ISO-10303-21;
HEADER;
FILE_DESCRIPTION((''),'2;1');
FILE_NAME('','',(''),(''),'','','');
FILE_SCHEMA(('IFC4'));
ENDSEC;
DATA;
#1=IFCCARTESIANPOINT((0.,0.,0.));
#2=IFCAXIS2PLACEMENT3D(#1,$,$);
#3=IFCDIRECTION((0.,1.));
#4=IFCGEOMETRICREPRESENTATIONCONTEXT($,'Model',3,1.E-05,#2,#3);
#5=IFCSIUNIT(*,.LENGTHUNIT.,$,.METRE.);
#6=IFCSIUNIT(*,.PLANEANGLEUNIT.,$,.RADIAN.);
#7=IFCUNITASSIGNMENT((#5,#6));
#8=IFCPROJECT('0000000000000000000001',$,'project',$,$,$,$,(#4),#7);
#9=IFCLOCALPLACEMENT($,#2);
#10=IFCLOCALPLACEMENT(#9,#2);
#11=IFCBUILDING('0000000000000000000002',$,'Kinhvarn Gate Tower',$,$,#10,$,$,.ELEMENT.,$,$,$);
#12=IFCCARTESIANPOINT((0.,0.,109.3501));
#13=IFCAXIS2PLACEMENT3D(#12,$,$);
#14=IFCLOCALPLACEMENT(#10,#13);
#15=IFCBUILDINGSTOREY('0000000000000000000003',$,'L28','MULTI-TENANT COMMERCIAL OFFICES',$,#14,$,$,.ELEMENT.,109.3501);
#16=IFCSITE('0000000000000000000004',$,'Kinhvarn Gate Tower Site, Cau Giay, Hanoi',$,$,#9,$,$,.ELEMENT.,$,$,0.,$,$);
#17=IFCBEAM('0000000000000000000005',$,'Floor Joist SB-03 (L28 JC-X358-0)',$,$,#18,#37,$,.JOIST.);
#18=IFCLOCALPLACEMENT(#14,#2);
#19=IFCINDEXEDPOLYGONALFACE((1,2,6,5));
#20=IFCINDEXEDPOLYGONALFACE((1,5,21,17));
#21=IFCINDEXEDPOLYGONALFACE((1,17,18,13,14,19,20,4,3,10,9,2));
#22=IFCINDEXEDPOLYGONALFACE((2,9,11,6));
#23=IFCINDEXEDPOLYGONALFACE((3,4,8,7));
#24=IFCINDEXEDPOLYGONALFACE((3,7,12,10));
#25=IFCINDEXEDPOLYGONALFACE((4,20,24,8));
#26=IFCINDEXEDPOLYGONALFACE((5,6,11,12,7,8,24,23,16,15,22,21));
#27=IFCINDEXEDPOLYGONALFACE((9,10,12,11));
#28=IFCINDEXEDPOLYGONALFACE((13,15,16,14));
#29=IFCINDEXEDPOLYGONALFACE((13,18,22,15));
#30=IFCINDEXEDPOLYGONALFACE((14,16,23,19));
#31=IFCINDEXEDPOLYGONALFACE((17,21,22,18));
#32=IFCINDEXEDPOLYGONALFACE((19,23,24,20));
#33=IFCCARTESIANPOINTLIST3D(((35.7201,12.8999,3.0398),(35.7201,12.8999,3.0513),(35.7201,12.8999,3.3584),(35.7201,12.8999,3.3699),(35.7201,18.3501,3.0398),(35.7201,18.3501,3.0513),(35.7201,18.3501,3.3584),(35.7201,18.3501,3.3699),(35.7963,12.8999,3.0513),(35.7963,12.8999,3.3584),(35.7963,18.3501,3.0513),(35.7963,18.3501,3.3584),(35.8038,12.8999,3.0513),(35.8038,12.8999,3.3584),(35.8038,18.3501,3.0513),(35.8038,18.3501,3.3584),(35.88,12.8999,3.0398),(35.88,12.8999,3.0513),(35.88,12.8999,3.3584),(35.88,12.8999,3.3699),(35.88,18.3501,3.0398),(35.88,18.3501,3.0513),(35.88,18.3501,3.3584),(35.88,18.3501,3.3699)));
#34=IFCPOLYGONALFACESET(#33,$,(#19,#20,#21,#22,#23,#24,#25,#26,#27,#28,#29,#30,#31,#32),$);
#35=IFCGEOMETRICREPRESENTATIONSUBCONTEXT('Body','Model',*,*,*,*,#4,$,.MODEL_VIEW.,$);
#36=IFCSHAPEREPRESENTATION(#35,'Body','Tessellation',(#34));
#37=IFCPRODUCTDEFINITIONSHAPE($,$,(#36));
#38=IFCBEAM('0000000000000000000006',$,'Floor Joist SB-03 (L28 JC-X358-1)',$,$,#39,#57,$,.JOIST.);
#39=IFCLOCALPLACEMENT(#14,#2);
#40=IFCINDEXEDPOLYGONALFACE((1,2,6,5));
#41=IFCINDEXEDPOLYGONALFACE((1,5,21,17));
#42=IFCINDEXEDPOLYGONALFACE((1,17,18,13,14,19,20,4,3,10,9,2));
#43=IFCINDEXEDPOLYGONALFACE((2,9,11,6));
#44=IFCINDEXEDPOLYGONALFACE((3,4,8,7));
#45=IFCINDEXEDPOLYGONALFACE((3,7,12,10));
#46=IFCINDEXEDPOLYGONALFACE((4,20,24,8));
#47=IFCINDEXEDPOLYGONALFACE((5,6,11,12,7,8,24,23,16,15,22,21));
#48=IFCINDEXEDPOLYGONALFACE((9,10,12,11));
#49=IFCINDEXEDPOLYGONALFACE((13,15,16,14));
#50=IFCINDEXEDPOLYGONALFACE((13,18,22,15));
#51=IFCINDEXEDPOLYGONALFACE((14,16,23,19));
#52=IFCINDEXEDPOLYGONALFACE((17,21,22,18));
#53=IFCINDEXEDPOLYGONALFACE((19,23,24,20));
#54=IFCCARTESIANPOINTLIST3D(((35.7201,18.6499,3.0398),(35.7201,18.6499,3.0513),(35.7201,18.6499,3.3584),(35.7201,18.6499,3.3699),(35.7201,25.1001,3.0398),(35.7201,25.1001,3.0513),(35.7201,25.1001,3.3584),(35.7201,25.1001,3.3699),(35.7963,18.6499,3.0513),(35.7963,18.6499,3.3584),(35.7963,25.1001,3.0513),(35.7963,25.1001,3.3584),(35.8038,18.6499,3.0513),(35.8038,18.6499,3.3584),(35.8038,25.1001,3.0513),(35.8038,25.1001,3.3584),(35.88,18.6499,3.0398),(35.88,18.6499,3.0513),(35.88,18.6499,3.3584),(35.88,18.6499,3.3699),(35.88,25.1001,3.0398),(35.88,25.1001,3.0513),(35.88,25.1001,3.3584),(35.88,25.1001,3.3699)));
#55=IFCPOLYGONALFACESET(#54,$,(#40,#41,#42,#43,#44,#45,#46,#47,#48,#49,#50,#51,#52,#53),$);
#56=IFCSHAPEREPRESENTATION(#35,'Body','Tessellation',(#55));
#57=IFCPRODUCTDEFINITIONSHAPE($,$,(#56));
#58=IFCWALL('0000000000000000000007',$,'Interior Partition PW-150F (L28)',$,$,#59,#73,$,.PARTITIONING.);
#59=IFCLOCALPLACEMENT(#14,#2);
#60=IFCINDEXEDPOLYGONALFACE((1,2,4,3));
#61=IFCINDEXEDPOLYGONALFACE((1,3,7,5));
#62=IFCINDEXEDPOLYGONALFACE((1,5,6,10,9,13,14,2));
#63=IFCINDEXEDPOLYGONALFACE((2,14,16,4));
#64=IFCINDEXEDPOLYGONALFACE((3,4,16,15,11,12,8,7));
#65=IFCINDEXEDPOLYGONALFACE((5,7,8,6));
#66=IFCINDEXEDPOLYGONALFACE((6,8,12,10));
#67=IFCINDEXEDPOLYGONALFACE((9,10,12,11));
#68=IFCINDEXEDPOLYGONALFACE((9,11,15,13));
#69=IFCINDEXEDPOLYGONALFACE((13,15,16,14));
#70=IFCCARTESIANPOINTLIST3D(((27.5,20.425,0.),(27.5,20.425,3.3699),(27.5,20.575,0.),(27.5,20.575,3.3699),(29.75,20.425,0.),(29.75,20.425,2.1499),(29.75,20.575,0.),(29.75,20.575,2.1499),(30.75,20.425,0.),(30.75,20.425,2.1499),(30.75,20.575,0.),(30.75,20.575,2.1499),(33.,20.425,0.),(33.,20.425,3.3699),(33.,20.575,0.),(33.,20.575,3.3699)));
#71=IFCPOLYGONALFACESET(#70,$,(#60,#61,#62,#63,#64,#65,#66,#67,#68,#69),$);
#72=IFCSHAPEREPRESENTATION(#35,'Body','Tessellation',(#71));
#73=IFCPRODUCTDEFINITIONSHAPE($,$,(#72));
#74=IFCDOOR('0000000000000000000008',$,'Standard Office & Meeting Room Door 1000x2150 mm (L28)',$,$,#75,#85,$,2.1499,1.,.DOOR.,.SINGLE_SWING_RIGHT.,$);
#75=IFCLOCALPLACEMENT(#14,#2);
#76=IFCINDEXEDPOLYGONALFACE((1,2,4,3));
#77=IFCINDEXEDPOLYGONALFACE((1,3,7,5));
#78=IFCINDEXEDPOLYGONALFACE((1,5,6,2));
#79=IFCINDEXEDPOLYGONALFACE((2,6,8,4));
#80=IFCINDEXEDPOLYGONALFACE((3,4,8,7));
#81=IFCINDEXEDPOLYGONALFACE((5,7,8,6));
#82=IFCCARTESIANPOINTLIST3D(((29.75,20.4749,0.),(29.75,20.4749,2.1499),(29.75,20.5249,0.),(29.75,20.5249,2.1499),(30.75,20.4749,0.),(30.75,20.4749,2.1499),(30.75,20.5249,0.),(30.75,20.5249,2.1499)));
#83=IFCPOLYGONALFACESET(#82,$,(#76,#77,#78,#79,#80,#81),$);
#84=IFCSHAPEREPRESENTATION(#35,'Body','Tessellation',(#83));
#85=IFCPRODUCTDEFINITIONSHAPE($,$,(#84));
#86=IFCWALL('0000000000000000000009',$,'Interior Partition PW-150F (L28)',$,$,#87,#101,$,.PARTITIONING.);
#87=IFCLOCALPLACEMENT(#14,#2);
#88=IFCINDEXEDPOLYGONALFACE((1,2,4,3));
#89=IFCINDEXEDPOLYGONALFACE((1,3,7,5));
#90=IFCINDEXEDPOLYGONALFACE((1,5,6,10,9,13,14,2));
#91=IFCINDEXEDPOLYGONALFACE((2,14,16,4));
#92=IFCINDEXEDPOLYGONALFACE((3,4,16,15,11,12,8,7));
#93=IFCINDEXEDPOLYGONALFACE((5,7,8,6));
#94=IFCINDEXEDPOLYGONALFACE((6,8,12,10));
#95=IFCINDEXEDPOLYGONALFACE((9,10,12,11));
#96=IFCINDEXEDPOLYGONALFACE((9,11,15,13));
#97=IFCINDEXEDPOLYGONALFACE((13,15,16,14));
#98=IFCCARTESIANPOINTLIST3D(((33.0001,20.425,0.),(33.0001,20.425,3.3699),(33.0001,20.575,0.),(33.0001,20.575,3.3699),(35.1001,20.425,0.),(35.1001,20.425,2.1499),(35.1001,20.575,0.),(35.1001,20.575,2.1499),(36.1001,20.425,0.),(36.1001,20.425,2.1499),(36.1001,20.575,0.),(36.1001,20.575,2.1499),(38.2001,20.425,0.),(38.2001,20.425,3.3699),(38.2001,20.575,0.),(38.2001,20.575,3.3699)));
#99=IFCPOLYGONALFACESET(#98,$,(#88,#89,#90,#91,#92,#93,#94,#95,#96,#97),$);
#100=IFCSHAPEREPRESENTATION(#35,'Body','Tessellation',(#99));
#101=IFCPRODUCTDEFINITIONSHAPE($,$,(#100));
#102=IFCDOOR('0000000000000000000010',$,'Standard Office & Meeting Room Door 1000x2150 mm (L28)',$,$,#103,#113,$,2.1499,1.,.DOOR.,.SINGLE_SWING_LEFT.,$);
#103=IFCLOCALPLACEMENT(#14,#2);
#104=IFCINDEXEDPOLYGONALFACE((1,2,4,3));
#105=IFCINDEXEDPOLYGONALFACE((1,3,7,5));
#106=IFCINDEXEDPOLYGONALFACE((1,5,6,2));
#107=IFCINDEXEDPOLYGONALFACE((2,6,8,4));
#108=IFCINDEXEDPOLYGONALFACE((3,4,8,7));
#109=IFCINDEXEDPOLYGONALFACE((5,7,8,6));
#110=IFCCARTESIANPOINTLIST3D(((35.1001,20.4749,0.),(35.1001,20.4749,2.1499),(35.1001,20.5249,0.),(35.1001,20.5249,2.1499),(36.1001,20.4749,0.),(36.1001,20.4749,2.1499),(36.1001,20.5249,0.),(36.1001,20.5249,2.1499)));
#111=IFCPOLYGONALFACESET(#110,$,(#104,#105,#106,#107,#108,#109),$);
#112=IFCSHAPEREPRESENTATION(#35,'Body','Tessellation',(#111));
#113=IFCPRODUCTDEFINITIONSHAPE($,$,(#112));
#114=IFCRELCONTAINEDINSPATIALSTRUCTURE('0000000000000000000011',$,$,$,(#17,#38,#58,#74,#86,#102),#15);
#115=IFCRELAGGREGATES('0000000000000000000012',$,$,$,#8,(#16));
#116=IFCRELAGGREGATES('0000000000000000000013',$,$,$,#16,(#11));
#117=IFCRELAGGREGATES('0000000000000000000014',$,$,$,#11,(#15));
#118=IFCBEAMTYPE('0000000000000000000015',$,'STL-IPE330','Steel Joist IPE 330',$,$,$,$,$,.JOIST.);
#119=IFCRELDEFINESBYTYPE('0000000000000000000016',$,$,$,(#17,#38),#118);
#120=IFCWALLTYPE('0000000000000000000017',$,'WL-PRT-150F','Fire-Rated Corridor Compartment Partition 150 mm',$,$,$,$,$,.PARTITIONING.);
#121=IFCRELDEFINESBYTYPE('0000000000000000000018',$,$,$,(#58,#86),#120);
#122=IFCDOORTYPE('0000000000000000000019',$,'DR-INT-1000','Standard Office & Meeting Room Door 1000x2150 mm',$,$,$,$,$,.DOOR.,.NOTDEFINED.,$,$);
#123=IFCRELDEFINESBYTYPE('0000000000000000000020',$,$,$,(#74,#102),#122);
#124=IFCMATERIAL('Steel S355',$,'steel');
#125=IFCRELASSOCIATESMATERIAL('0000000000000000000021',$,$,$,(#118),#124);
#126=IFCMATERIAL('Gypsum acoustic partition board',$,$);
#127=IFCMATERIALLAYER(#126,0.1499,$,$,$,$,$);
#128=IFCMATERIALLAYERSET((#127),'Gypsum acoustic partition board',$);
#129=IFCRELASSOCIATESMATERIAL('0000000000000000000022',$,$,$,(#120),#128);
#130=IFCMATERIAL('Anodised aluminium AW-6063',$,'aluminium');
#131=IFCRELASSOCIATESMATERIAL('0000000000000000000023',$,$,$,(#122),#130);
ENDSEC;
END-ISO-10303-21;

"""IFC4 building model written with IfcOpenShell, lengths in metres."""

from ifc_helpers import new_model, si_unit, direction, frame, frame_2d, origin, origin_2d, place, context, subcontext, project, spatial, rectangle, i_section, extrude, material, layer, layer_set, material_profile, profile_set, type_object, element, fill, save


model = new_model("IFC4")

# Units and contexts
model_context = context("Model", 3, precision=1e-05, world=origin(), true_north=direction((0.0, 1.0)))
body_context = subcontext(model_context, "Body", "Model", "MODEL_VIEW")
ifc_project = project(units=[si_unit("LENGTHUNIT", "METRE"), si_unit("PLANEANGLEUNIT", "RADIAN")], contexts=[model_context])

# Site, building, storey
site_placement = place(None, origin())
site = spatial("IfcSite", under=ifc_project, at=site_placement, Name="Kinhvarn Gate Tower Site, Cau Giay, Hanoi", CompositionType="ELEMENT", RefElevation=0.0)
building_placement = place(site_placement, origin())
building = spatial("IfcBuilding", under=site, at=building_placement, Name="Kinhvarn Gate Tower", CompositionType="ELEMENT")
storey_placement = place(building_placement, frame((0.0, 0.0, 109.3501)))
storey = spatial("IfcBuildingStorey", under=building, at=storey_placement, Name="L28", Description="MULTI-TENANT COMMERCIAL OFFICES", CompositionType="ELEMENT", Elevation=109.3501)

# Beams
ifc_material_1 = material(Name="Steel S355", Category="steel")
ifc_material_profile_1 = material_profile(ifc_material_1, i_section(OverallWidth=0.1599, OverallDepth=0.3301, WebThickness=0.0076, FlangeThickness=0.0115, at=origin_2d()), Name="IPE 330")
ifc_profile_set_1 = profile_set([ifc_material_profile_1], Name="Steel S355")
beam_type_1 = type_object("IfcBeamType", Name="STL-IPE330", Description="Steel Joist IPE 330", PredefinedType="JOIST", material=ifc_profile_set_1)
beam_1_placement = place(storey_placement, frame((35.8, 12.8999, 3.2048), z_axis=(0.0, 1.0, 0.0), x_axis=(-1.0, 0.0, 0.0)))
element("IfcBeam", 1, at=beam_1_placement, inside=storey, type_object=beam_type_1, Name="Floor Joist SB-03 (L28 JC-X358-0)", PredefinedType="JOIST", context=body_context, shape_type="SweptSolid", body=[
    extrude(i_section(OverallWidth=0.1599, OverallDepth=0.3301, WebThickness=0.0076, FlangeThickness=0.0115, at=origin_2d()), origin(), (0.0, 0.0, 1.0), 5.4502),
])
beam_2_placement = place(storey_placement, frame((35.8, 18.6499, 3.2048), z_axis=(0.0, 1.0, 0.0), x_axis=(-1.0, 0.0, 0.0)))
element("IfcBeam", 2, at=beam_2_placement, inside=storey, type_object=beam_type_1, Name="Floor Joist SB-03 (L28 JC-X358-1)", PredefinedType="JOIST", context=body_context, shape_type="SweptSolid", body=[
    extrude(i_section(OverallWidth=0.1599, OverallDepth=0.3301, WebThickness=0.0076, FlangeThickness=0.0115, at=origin_2d()), origin(), (0.0, 0.0, 1.0), 6.4502),
])

# Walls, openings, doors
ifc_material_2 = material(Name="Gypsum acoustic partition board")
ifc_layer = layer(ifc_material_2, 0.1499)
ifc_layer_set = layer_set([ifc_layer], Name="Gypsum acoustic partition board")
wall_type = type_object("IfcWallType", Name="WL-PRT-150F", Description="Fire-Rated Corridor Compartment Partition 150 mm", PredefinedType="PARTITIONING", material=ifc_layer_set)
wall_1_placement = place(storey_placement, frame((27.5, 20.5, 0.0), z_axis=(0.0, 0.0, 1.0), x_axis=(1.0, 0.0, 0.0)))
wall_1 = element("IfcWall", 3, at=wall_1_placement, inside=storey, type_object=wall_type, Name="Interior Partition PW-150F (L28)", PredefinedType="PARTITIONING", context=body_context, shape_type="SweptSolid", body=[
    extrude(rectangle(XDim=5.5, YDim=0.1499, at=frame_2d((2.75, 0.0))), origin(), (0.0, 0.0, 1.0), 3.3699),
])
opening_1_placement = place(wall_1_placement, frame((2.25, 0.0, 0.0)))
opening_1 = element("IfcOpeningElement", 4, at=opening_1_placement, cuts=wall_1, PredefinedType="OPENING", context=body_context, shape_type="SweptSolid", body=[
    extrude(rectangle(XDim=1.0, YDim=2.1499, at=frame_2d((0.5, 1.075))), frame((0.0, 0.085, 0.0), z_axis=(0.0, -1.0, 0.0), x_axis=(1.0, 0.0, 0.0)), (0.0, 0.0, 1.0), 0.1699),
])
ifc_material_3 = material(Name="Anodised aluminium AW-6063", Category="aluminium")
door_type = type_object("IfcDoorType", Name="DR-INT-1000", Description="Standard Office & Meeting Room Door 1000x2150 mm", OperationType="NOTDEFINED", PredefinedType="DOOR", material=ifc_material_3)
door_1_placement = place(opening_1_placement, origin())
door_1 = element("IfcDoor", 5, at=door_1_placement, inside=storey, type_object=door_type, Name="Standard Office & Meeting Room Door 1000x2150 mm (L28)", OperationType="SINGLE_SWING_RIGHT", OverallHeight=2.1499, OverallWidth=1.0, PredefinedType="DOOR", context=body_context, shape_type="SweptSolid", body=[
    extrude(rectangle(XDim=1.0, YDim=2.1499, at=frame_2d((0.5, 1.075))), frame((0.0, 0.0249, 0.0), z_axis=(0.0, -1.0, 0.0), x_axis=(1.0, 0.0, 0.0)), (0.0, 0.0, 1.0), 0.05),
])
fill(opening_1, door_1)
wall_2_placement = place(storey_placement, frame((33.0, 20.5, 0.0), z_axis=(0.0, 0.0, 1.0), x_axis=(1.0, 0.0, 0.0)))
wall_2 = element("IfcWall", 6, at=wall_2_placement, inside=storey, type_object=wall_type, Name="Interior Partition PW-150F (L28)", PredefinedType="PARTITIONING", context=body_context, shape_type="SweptSolid", body=[
    extrude(rectangle(XDim=5.2, YDim=0.1499, at=frame_2d((2.6001, 0.0))), origin(), (0.0, 0.0, 1.0), 3.3699),
])
opening_2_placement = place(wall_2_placement, frame((2.1001, 0.0, 0.0)))
opening_2 = element("IfcOpeningElement", 7, at=opening_2_placement, cuts=wall_2, PredefinedType="OPENING", context=body_context, shape_type="SweptSolid", body=[
    extrude(rectangle(XDim=1.0, YDim=2.1499, at=frame_2d((0.5, 1.075))), frame((0.0, 0.085, 0.0), z_axis=(0.0, -1.0, 0.0), x_axis=(1.0, 0.0, 0.0)), (0.0, 0.0, 1.0), 0.1699),
])
door_2_placement = place(opening_2_placement, origin())
door_2 = element("IfcDoor", 8, at=door_2_placement, inside=storey, type_object=door_type, Name="Standard Office & Meeting Room Door 1000x2150 mm (L28)", OperationType="SINGLE_SWING_LEFT", OverallHeight=2.1499, OverallWidth=1.0, PredefinedType="DOOR", context=body_context, shape_type="SweptSolid", body=[
    extrude(rectangle(XDim=1.0, YDim=2.1499, at=frame_2d((0.5, 1.075))), frame((0.0, 0.0249, 0.0), z_axis=(0.0, -1.0, 0.0), x_axis=(1.0, 0.0, 0.0)), (0.0, 0.0, 1.0), 0.05),
])
fill(opening_2, door_2)

save(model, "model.ifc")
